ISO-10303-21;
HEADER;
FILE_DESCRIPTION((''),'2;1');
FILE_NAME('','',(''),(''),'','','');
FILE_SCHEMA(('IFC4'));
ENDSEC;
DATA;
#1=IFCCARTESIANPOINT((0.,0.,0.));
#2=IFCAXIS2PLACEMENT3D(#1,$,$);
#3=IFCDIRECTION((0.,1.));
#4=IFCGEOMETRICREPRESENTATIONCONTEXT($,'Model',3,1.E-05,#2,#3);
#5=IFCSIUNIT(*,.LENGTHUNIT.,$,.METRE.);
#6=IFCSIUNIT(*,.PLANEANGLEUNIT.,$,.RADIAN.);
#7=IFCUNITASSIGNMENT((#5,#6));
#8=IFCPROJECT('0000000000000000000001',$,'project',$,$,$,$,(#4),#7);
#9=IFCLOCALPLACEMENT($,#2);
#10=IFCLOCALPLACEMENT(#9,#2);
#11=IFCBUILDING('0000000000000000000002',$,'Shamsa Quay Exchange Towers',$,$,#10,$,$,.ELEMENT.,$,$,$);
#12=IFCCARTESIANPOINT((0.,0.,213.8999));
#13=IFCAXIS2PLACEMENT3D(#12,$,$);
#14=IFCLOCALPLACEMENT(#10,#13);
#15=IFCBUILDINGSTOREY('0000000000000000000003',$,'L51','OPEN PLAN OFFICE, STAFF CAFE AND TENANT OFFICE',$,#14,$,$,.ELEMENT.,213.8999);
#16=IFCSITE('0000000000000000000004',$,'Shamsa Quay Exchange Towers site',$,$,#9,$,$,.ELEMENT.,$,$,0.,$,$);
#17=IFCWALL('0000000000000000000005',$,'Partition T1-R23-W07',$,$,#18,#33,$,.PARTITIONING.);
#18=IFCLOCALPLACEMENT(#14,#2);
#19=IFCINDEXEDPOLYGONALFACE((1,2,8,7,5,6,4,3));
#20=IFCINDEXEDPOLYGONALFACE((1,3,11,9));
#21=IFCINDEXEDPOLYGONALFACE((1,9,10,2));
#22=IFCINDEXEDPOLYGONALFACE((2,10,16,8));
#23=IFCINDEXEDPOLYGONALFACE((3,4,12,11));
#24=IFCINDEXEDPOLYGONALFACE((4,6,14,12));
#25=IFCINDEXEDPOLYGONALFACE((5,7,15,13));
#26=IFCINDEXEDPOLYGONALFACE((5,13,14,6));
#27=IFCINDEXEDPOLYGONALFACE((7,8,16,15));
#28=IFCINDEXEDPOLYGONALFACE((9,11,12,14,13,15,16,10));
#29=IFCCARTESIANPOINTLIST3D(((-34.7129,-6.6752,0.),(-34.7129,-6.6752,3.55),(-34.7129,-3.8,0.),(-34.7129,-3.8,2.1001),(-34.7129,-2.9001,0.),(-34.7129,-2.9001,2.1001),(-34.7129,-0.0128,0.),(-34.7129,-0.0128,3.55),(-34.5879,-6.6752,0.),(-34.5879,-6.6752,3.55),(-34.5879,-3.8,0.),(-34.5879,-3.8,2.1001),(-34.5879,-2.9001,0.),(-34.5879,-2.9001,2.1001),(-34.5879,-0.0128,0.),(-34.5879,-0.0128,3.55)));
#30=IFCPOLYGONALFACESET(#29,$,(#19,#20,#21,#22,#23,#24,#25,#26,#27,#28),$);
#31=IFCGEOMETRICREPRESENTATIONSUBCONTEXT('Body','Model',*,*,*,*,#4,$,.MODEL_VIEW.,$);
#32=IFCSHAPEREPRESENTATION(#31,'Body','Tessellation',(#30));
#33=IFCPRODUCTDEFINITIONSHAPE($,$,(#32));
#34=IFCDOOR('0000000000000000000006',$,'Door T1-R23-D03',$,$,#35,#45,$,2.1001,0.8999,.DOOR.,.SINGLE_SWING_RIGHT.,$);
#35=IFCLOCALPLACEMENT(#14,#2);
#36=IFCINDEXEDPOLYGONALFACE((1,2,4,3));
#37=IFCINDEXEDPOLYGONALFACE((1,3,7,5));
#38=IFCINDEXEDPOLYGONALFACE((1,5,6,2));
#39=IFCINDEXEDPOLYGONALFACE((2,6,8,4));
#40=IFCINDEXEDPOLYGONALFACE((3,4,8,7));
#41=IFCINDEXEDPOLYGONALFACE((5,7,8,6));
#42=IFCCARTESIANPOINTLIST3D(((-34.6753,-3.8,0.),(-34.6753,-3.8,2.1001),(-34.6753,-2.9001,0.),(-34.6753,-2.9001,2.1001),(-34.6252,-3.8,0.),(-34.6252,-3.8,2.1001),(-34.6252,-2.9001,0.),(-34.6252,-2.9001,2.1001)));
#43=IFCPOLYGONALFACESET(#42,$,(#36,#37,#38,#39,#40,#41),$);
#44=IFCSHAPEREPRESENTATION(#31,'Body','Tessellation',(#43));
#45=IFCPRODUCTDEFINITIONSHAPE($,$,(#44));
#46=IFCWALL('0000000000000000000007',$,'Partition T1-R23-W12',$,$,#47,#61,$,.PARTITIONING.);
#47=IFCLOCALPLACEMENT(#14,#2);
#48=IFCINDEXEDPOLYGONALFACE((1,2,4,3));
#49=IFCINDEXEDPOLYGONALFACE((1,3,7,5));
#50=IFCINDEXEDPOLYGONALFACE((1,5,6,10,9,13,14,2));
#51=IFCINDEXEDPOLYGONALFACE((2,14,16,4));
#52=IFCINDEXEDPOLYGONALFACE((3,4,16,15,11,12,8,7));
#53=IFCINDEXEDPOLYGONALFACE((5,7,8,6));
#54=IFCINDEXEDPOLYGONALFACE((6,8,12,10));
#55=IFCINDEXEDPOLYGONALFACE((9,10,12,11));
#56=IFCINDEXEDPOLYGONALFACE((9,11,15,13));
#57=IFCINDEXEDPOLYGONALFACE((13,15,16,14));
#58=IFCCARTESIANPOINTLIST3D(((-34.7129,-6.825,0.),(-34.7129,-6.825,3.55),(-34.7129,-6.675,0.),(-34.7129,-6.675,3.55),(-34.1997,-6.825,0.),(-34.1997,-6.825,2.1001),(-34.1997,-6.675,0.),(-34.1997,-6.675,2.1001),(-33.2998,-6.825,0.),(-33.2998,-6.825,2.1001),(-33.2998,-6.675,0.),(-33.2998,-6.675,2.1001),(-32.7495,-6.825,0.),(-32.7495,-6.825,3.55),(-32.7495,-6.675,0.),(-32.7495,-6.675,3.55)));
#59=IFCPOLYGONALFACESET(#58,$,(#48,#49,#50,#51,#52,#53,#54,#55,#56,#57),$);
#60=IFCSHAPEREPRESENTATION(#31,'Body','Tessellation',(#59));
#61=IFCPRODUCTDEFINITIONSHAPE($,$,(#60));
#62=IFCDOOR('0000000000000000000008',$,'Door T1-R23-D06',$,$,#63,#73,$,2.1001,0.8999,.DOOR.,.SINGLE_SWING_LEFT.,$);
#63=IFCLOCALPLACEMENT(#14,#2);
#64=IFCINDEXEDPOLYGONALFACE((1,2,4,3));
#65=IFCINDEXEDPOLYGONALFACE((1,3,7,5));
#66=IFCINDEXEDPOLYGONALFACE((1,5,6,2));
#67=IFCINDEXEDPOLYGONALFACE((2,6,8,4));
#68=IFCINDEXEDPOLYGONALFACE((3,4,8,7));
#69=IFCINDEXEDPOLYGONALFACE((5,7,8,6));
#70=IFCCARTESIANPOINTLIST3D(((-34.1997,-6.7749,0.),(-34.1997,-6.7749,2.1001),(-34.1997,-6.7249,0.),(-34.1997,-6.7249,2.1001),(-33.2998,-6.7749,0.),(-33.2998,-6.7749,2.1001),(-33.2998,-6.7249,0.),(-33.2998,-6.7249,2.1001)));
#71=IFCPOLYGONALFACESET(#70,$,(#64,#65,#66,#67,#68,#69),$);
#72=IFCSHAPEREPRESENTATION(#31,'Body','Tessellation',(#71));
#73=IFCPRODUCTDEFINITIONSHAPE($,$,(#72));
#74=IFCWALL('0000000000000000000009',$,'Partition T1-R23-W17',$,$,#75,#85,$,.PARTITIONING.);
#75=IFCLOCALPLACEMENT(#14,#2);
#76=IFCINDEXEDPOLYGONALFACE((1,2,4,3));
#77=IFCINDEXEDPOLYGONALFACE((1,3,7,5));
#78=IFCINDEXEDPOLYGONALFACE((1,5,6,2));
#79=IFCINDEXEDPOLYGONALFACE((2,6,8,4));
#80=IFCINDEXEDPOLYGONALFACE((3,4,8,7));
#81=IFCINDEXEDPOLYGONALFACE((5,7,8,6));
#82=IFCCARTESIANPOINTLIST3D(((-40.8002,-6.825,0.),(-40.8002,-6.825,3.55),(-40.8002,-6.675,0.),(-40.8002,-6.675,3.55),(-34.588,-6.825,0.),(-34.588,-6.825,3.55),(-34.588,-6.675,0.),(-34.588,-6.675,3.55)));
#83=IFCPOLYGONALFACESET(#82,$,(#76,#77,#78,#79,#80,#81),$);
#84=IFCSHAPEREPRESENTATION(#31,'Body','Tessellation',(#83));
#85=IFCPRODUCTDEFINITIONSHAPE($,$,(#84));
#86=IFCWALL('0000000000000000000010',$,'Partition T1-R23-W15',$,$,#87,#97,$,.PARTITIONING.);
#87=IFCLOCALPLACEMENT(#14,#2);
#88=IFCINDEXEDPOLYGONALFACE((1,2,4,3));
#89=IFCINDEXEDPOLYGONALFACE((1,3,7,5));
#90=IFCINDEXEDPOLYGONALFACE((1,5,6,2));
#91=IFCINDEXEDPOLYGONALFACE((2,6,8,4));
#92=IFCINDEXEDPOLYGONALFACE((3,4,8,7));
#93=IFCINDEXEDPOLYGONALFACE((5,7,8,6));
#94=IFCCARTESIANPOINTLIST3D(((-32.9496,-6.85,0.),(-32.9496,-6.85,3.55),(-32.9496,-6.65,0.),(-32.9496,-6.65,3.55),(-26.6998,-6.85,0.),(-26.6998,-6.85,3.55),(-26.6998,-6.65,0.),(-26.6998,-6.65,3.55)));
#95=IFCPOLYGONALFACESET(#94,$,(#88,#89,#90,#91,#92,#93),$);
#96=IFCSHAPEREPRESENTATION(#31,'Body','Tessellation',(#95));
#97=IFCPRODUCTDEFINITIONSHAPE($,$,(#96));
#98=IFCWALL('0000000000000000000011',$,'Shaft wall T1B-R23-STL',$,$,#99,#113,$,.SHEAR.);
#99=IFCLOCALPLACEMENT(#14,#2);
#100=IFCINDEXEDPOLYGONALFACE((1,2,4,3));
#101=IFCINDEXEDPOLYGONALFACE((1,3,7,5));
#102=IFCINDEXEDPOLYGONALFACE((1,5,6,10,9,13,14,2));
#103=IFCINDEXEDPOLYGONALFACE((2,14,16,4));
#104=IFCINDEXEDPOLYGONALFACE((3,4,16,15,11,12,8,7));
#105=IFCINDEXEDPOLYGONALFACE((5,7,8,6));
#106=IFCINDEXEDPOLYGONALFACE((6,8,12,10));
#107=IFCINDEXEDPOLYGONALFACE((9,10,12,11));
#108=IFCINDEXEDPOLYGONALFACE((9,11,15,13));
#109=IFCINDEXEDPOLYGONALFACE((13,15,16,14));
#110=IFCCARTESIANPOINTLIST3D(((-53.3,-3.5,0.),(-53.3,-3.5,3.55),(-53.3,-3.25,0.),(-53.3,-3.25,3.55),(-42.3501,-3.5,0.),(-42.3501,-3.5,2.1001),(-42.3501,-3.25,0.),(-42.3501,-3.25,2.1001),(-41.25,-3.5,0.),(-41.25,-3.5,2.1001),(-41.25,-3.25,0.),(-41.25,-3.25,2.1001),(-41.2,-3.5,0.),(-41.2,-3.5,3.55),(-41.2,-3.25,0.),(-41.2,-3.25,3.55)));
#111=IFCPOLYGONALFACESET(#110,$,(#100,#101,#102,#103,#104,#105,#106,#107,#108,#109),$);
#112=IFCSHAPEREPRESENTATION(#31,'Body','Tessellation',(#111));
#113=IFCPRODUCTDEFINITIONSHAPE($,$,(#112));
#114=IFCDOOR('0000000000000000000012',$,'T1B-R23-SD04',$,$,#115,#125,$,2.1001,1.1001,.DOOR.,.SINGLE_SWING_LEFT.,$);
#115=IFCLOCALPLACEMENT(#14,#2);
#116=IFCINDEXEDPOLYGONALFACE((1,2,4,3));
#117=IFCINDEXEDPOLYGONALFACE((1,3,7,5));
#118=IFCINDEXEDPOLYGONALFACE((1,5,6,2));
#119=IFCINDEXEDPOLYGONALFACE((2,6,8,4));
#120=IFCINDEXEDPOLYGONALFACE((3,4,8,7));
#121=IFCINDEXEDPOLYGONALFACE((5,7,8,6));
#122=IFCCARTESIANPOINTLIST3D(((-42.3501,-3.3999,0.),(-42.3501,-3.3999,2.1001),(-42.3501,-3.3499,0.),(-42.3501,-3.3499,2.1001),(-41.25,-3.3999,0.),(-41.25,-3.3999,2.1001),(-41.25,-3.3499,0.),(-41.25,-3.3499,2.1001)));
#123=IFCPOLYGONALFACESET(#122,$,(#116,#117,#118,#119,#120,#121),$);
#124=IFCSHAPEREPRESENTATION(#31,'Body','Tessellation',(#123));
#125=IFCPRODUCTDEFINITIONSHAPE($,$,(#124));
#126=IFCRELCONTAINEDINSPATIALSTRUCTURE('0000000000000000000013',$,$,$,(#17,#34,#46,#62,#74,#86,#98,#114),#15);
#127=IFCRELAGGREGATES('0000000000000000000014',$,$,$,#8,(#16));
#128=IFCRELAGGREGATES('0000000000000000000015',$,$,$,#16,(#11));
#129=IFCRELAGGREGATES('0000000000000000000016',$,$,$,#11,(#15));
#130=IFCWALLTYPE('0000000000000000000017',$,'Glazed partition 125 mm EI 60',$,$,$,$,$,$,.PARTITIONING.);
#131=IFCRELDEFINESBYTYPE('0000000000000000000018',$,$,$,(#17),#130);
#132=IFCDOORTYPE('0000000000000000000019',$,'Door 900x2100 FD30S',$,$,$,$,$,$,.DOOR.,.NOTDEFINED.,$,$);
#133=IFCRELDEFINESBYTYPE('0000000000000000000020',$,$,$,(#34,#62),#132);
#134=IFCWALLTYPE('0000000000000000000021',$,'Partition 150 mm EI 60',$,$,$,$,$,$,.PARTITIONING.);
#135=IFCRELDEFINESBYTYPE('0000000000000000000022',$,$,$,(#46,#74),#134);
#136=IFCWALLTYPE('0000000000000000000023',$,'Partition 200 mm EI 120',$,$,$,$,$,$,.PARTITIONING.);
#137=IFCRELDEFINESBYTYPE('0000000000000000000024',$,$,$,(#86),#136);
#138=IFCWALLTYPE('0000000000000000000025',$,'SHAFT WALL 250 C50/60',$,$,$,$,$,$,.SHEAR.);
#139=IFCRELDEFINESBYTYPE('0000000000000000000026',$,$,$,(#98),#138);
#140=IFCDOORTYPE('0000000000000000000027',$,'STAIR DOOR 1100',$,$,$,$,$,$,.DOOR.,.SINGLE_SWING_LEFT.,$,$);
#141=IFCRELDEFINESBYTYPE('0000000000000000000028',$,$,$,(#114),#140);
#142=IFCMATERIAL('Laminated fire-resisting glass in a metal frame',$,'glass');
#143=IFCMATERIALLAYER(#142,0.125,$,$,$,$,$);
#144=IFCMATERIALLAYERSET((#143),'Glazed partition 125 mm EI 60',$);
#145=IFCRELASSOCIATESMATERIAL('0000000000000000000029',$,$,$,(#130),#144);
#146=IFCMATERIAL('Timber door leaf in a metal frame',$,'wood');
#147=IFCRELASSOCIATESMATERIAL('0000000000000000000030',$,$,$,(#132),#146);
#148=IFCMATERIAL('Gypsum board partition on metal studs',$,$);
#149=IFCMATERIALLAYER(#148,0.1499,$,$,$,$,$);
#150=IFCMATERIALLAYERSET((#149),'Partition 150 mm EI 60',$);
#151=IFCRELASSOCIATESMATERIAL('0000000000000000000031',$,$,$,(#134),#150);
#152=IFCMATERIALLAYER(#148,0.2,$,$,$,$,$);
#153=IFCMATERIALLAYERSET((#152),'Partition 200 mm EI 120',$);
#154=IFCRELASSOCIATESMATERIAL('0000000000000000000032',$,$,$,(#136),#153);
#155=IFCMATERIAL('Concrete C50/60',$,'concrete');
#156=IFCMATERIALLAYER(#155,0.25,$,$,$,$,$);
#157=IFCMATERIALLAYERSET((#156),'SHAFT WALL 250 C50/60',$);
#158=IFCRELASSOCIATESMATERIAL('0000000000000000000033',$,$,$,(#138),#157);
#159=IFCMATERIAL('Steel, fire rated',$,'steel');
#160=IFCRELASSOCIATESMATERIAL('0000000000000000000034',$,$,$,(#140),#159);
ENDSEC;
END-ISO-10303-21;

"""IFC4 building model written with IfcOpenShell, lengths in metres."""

from ifc_helpers import new_model, si_unit, direction, frame, frame_2d, origin, place, context, subcontext, project, spatial, rectangle, extrude, material, layer, layer_set, type_object, element, fill, save


model = new_model("IFC4")

# Units and contexts
model_context = context("Model", 3, precision=1e-05, world=origin(), true_north=direction((0.0, 1.0)))
body_context = subcontext(model_context, "Body", "Model", "MODEL_VIEW")
ifc_project = project(units=[si_unit("LENGTHUNIT", "METRE"), si_unit("PLANEANGLEUNIT", "RADIAN")], contexts=[model_context])

# Site, building, storey
site_placement = place(None, origin())
site = spatial("IfcSite", under=ifc_project, at=site_placement, Name="Shamsa Quay Exchange Towers site", CompositionType="ELEMENT", RefElevation=0.0)
building_placement = place(site_placement, origin())
building = spatial("IfcBuilding", under=site, at=building_placement, Name="Shamsa Quay Exchange Towers", CompositionType="ELEMENT")
storey_placement = place(building_placement, frame((0.0, 0.0, 213.8999)))
storey = spatial("IfcBuildingStorey", under=building, at=storey_placement, Name="L51", Description="OPEN PLAN OFFICE, STAFF CAFE AND TENANT OFFICE", CompositionType="ELEMENT", Elevation=213.8999)

# Walls, openings, doors
ifc_material_1 = material(Name="Steel, fire rated", Category="steel")
ifc_material_2 = material(Name="Laminated fire-resisting glass in a metal frame", Category="glass")
ifc_layer_1 = layer(ifc_material_2, 0.125)
ifc_layer_set_1 = layer_set([ifc_layer_1], Name="Glazed partition 125 mm EI 60")
wall_type_1 = type_object("IfcWallType", Name="Glazed partition 125 mm EI 60", PredefinedType="PARTITIONING", material=ifc_layer_set_1)
wall_1_placement = place(storey_placement, frame((-34.6504, -6.675, 0.0), z_axis=(0.0, 0.0, 1.0), x_axis=(0.0, 1.0, 0.0)))
wall_1 = element("IfcWall", 1, at=wall_1_placement, inside=storey, type_object=wall_type_1, Name="Partition T1-R23-W07", PredefinedType="PARTITIONING", context=body_context, shape_type="SweptSolid", body=[
    extrude(rectangle(XDim=6.6624, YDim=0.125, at=frame_2d((3.3311, 0.0))), origin(), (0.0, 0.0, 1.0), 3.55),
])
opening_1_placement = place(wall_1_placement, frame((2.875, 0.0, 0.0)))
opening_1 = element("IfcOpeningElement", 2, at=opening_1_placement, cuts=wall_1, PredefinedType="OPENING", context=body_context, shape_type="SweptSolid", body=[
    extrude(rectangle(XDim=0.8999, YDim=2.1001, at=frame_2d((0.45, 1.05))), frame((0.0, 0.0725, 0.0), z_axis=(0.0, -1.0, 0.0), x_axis=(1.0, 0.0, 0.0)), (0.0, 0.0, 1.0), 0.145),
])
ifc_material_3 = material(Name="Timber door leaf in a metal frame", Category="wood")
door_type_1 = type_object("IfcDoorType", Name="Door 900x2100 FD30S", OperationType="NOTDEFINED", PredefinedType="DOOR", material=ifc_material_3)
door_1_placement = place(opening_1_placement, origin())
door_1 = element("IfcDoor", 3, at=door_1_placement, inside=storey, type_object=door_type_1, Name="Door T1-R23-D03", OperationType="SINGLE_SWING_RIGHT", OverallHeight=2.1001, OverallWidth=0.8999, PredefinedType="DOOR", context=body_context, shape_type="SweptSolid", body=[
    extrude(rectangle(XDim=0.8999, YDim=2.1001, at=frame_2d((0.45, 1.05))), frame((0.0, 0.0249, 0.0), z_axis=(0.0, -1.0, 0.0), x_axis=(1.0, 0.0, 0.0)), (0.0, 0.0, 1.0), 0.05),
])
fill(opening_1, door_1)
ifc_material_4 = material(Name="Gypsum board partition on metal studs")
ifc_layer_2 = layer(ifc_material_4, 0.1499)
ifc_layer_set_2 = layer_set([ifc_layer_2], Name="Partition 150 mm EI 60")
wall_type_2 = type_object("IfcWallType", Name="Partition 150 mm EI 60", PredefinedType="PARTITIONING", material=ifc_layer_set_2)
wall_2_placement = place(storey_placement, frame((-32.7495, -6.75, 0.0), z_axis=(0.0, 0.0, 1.0), x_axis=(-1.0, 0.0, 0.0)))
wall_2 = element("IfcWall", 4, at=wall_2_placement, inside=storey, type_object=wall_type_2, Name="Partition T1-R23-W12", PredefinedType="PARTITIONING", context=body_context, shape_type="SweptSolid", body=[
    extrude(rectangle(XDim=1.9634, YDim=0.1499, at=frame_2d((0.9817, 0.0))), origin(), (0.0, 0.0, 1.0), 3.55),
])
opening_2_placement = place(wall_2_placement, frame((0.5503, 0.0, 0.0)))
opening_2 = element("IfcOpeningElement", 5, at=opening_2_placement, cuts=wall_2, PredefinedType="OPENING", context=body_context, shape_type="SweptSolid", body=[
    extrude(rectangle(XDim=0.8999, YDim=2.1001, at=frame_2d((0.45, 1.05))), frame((0.0, 0.085, 0.0), z_axis=(0.0, -1.0, 0.0), x_axis=(1.0, 0.0, 0.0)), (0.0, 0.0, 1.0), 0.1699),
])
door_2_placement = place(opening_2_placement, origin())
door_2 = element("IfcDoor", 6, at=door_2_placement, inside=storey, type_object=door_type_1, Name="Door T1-R23-D06", OperationType="SINGLE_SWING_LEFT", OverallHeight=2.1001, OverallWidth=0.8999, PredefinedType="DOOR", context=body_context, shape_type="SweptSolid", body=[
    extrude(rectangle(XDim=0.8999, YDim=2.1001, at=frame_2d((0.45, 1.05))), frame((0.0, 0.0249, 0.0), z_axis=(0.0, -1.0, 0.0), x_axis=(1.0, 0.0, 0.0)), (0.0, 0.0, 1.0), 0.05),
])
fill(opening_2, door_2)

# Walls
wall_3_placement = place(storey_placement, frame((-40.8, -6.75, 0.0)))
element("IfcWall", 7, at=wall_3_placement, inside=storey, type_object=wall_type_2, Name="Partition T1-R23-W17", PredefinedType="PARTITIONING", context=body_context, shape_type="SweptSolid", body=[
    extrude(rectangle(XDim=6.2122, YDim=0.1499, at=frame_2d((3.106, 0.0))), origin(), (0.0, 0.0, 1.0), 3.55),
])
ifc_layer_3 = layer(ifc_material_4, 0.2)
ifc_layer_set_3 = layer_set([ifc_layer_3], Name="Partition 200 mm EI 120")
wall_type_3 = type_object("IfcWallType", Name="Partition 200 mm EI 120", PredefinedType="PARTITIONING", material=ifc_layer_set_3)
wall_4_placement = place(storey_placement, frame((-32.9497, -6.75, 0.0)))
element("IfcWall", 8, at=wall_4_placement, inside=storey, type_object=wall_type_3, Name="Partition T1-R23-W15", PredefinedType="PARTITIONING", context=body_context, shape_type="SweptSolid", body=[
    extrude(rectangle(XDim=6.2498, YDim=0.2, at=frame_2d((3.125, 0.0))), origin(), (0.0, 0.0, 1.0), 3.55),
])

# Wall, opening, door
ifc_material_5 = material(Name="Concrete C50/60", Category="concrete")
ifc_layer_4 = layer(ifc_material_5, 0.25)
ifc_layer_set_4 = layer_set([ifc_layer_4], Name="SHAFT WALL 250 C50/60")
wall_type_4 = type_object("IfcWallType", Name="SHAFT WALL 250 C50/60", PredefinedType="SHEAR", material=ifc_layer_set_4)
wall_5_placement = place(storey_placement, frame((-41.2, -3.375, 0.0), z_axis=(0.0, 0.0, 1.0), x_axis=(-1.0, 0.0, 0.0)))
wall_5 = element("IfcWall", 9, at=wall_5_placement, inside=storey, type_object=wall_type_4, Name="Shaft wall T1B-R23-STL", PredefinedType="SHEAR", context=body_context, shape_type="SweptSolid", body=[
    extrude(rectangle(XDim=12.1001, YDim=0.25, at=frame_2d((6.05, 0.0))), origin(), (0.0, 0.0, 1.0), 3.55),
])
opening_3_placement = place(wall_5_placement, frame((0.05, 0.0, 0.0)))
opening_3 = element("IfcOpeningElement", 10, at=opening_3_placement, cuts=wall_5, PredefinedType="OPENING", context=body_context, shape_type="SweptSolid", body=[
    extrude(rectangle(XDim=1.1001, YDim=2.1001, at=frame_2d((0.55, 1.05))), frame((0.0, 0.135, 0.0), z_axis=(0.0, -1.0, 0.0), x_axis=(1.0, 0.0, 0.0)), (0.0, 0.0, 1.0), 0.27),
])
door_type_2 = type_object("IfcDoorType", Name="STAIR DOOR 1100", OperationType="SINGLE_SWING_LEFT", PredefinedType="DOOR", material=ifc_material_1)
door_3_placement = place(opening_3_placement, origin())
door_3 = element("IfcDoor", 11, at=door_3_placement, inside=storey, type_object=door_type_2, Name="T1B-R23-SD04", OperationType="SINGLE_SWING_LEFT", OverallHeight=2.1001, OverallWidth=1.1001, PredefinedType="DOOR", context=body_context, shape_type="SweptSolid", body=[
    extrude(rectangle(XDim=1.1001, YDim=2.1001, at=frame_2d((0.55, 1.05))), frame((0.0, 0.0249, 0.0), z_axis=(0.0, -1.0, 0.0), x_axis=(1.0, 0.0, 0.0)), (0.0, 0.0, 1.0), 0.05),
])
fill(opening_3, door_3)

save(model, "model.ifc")
